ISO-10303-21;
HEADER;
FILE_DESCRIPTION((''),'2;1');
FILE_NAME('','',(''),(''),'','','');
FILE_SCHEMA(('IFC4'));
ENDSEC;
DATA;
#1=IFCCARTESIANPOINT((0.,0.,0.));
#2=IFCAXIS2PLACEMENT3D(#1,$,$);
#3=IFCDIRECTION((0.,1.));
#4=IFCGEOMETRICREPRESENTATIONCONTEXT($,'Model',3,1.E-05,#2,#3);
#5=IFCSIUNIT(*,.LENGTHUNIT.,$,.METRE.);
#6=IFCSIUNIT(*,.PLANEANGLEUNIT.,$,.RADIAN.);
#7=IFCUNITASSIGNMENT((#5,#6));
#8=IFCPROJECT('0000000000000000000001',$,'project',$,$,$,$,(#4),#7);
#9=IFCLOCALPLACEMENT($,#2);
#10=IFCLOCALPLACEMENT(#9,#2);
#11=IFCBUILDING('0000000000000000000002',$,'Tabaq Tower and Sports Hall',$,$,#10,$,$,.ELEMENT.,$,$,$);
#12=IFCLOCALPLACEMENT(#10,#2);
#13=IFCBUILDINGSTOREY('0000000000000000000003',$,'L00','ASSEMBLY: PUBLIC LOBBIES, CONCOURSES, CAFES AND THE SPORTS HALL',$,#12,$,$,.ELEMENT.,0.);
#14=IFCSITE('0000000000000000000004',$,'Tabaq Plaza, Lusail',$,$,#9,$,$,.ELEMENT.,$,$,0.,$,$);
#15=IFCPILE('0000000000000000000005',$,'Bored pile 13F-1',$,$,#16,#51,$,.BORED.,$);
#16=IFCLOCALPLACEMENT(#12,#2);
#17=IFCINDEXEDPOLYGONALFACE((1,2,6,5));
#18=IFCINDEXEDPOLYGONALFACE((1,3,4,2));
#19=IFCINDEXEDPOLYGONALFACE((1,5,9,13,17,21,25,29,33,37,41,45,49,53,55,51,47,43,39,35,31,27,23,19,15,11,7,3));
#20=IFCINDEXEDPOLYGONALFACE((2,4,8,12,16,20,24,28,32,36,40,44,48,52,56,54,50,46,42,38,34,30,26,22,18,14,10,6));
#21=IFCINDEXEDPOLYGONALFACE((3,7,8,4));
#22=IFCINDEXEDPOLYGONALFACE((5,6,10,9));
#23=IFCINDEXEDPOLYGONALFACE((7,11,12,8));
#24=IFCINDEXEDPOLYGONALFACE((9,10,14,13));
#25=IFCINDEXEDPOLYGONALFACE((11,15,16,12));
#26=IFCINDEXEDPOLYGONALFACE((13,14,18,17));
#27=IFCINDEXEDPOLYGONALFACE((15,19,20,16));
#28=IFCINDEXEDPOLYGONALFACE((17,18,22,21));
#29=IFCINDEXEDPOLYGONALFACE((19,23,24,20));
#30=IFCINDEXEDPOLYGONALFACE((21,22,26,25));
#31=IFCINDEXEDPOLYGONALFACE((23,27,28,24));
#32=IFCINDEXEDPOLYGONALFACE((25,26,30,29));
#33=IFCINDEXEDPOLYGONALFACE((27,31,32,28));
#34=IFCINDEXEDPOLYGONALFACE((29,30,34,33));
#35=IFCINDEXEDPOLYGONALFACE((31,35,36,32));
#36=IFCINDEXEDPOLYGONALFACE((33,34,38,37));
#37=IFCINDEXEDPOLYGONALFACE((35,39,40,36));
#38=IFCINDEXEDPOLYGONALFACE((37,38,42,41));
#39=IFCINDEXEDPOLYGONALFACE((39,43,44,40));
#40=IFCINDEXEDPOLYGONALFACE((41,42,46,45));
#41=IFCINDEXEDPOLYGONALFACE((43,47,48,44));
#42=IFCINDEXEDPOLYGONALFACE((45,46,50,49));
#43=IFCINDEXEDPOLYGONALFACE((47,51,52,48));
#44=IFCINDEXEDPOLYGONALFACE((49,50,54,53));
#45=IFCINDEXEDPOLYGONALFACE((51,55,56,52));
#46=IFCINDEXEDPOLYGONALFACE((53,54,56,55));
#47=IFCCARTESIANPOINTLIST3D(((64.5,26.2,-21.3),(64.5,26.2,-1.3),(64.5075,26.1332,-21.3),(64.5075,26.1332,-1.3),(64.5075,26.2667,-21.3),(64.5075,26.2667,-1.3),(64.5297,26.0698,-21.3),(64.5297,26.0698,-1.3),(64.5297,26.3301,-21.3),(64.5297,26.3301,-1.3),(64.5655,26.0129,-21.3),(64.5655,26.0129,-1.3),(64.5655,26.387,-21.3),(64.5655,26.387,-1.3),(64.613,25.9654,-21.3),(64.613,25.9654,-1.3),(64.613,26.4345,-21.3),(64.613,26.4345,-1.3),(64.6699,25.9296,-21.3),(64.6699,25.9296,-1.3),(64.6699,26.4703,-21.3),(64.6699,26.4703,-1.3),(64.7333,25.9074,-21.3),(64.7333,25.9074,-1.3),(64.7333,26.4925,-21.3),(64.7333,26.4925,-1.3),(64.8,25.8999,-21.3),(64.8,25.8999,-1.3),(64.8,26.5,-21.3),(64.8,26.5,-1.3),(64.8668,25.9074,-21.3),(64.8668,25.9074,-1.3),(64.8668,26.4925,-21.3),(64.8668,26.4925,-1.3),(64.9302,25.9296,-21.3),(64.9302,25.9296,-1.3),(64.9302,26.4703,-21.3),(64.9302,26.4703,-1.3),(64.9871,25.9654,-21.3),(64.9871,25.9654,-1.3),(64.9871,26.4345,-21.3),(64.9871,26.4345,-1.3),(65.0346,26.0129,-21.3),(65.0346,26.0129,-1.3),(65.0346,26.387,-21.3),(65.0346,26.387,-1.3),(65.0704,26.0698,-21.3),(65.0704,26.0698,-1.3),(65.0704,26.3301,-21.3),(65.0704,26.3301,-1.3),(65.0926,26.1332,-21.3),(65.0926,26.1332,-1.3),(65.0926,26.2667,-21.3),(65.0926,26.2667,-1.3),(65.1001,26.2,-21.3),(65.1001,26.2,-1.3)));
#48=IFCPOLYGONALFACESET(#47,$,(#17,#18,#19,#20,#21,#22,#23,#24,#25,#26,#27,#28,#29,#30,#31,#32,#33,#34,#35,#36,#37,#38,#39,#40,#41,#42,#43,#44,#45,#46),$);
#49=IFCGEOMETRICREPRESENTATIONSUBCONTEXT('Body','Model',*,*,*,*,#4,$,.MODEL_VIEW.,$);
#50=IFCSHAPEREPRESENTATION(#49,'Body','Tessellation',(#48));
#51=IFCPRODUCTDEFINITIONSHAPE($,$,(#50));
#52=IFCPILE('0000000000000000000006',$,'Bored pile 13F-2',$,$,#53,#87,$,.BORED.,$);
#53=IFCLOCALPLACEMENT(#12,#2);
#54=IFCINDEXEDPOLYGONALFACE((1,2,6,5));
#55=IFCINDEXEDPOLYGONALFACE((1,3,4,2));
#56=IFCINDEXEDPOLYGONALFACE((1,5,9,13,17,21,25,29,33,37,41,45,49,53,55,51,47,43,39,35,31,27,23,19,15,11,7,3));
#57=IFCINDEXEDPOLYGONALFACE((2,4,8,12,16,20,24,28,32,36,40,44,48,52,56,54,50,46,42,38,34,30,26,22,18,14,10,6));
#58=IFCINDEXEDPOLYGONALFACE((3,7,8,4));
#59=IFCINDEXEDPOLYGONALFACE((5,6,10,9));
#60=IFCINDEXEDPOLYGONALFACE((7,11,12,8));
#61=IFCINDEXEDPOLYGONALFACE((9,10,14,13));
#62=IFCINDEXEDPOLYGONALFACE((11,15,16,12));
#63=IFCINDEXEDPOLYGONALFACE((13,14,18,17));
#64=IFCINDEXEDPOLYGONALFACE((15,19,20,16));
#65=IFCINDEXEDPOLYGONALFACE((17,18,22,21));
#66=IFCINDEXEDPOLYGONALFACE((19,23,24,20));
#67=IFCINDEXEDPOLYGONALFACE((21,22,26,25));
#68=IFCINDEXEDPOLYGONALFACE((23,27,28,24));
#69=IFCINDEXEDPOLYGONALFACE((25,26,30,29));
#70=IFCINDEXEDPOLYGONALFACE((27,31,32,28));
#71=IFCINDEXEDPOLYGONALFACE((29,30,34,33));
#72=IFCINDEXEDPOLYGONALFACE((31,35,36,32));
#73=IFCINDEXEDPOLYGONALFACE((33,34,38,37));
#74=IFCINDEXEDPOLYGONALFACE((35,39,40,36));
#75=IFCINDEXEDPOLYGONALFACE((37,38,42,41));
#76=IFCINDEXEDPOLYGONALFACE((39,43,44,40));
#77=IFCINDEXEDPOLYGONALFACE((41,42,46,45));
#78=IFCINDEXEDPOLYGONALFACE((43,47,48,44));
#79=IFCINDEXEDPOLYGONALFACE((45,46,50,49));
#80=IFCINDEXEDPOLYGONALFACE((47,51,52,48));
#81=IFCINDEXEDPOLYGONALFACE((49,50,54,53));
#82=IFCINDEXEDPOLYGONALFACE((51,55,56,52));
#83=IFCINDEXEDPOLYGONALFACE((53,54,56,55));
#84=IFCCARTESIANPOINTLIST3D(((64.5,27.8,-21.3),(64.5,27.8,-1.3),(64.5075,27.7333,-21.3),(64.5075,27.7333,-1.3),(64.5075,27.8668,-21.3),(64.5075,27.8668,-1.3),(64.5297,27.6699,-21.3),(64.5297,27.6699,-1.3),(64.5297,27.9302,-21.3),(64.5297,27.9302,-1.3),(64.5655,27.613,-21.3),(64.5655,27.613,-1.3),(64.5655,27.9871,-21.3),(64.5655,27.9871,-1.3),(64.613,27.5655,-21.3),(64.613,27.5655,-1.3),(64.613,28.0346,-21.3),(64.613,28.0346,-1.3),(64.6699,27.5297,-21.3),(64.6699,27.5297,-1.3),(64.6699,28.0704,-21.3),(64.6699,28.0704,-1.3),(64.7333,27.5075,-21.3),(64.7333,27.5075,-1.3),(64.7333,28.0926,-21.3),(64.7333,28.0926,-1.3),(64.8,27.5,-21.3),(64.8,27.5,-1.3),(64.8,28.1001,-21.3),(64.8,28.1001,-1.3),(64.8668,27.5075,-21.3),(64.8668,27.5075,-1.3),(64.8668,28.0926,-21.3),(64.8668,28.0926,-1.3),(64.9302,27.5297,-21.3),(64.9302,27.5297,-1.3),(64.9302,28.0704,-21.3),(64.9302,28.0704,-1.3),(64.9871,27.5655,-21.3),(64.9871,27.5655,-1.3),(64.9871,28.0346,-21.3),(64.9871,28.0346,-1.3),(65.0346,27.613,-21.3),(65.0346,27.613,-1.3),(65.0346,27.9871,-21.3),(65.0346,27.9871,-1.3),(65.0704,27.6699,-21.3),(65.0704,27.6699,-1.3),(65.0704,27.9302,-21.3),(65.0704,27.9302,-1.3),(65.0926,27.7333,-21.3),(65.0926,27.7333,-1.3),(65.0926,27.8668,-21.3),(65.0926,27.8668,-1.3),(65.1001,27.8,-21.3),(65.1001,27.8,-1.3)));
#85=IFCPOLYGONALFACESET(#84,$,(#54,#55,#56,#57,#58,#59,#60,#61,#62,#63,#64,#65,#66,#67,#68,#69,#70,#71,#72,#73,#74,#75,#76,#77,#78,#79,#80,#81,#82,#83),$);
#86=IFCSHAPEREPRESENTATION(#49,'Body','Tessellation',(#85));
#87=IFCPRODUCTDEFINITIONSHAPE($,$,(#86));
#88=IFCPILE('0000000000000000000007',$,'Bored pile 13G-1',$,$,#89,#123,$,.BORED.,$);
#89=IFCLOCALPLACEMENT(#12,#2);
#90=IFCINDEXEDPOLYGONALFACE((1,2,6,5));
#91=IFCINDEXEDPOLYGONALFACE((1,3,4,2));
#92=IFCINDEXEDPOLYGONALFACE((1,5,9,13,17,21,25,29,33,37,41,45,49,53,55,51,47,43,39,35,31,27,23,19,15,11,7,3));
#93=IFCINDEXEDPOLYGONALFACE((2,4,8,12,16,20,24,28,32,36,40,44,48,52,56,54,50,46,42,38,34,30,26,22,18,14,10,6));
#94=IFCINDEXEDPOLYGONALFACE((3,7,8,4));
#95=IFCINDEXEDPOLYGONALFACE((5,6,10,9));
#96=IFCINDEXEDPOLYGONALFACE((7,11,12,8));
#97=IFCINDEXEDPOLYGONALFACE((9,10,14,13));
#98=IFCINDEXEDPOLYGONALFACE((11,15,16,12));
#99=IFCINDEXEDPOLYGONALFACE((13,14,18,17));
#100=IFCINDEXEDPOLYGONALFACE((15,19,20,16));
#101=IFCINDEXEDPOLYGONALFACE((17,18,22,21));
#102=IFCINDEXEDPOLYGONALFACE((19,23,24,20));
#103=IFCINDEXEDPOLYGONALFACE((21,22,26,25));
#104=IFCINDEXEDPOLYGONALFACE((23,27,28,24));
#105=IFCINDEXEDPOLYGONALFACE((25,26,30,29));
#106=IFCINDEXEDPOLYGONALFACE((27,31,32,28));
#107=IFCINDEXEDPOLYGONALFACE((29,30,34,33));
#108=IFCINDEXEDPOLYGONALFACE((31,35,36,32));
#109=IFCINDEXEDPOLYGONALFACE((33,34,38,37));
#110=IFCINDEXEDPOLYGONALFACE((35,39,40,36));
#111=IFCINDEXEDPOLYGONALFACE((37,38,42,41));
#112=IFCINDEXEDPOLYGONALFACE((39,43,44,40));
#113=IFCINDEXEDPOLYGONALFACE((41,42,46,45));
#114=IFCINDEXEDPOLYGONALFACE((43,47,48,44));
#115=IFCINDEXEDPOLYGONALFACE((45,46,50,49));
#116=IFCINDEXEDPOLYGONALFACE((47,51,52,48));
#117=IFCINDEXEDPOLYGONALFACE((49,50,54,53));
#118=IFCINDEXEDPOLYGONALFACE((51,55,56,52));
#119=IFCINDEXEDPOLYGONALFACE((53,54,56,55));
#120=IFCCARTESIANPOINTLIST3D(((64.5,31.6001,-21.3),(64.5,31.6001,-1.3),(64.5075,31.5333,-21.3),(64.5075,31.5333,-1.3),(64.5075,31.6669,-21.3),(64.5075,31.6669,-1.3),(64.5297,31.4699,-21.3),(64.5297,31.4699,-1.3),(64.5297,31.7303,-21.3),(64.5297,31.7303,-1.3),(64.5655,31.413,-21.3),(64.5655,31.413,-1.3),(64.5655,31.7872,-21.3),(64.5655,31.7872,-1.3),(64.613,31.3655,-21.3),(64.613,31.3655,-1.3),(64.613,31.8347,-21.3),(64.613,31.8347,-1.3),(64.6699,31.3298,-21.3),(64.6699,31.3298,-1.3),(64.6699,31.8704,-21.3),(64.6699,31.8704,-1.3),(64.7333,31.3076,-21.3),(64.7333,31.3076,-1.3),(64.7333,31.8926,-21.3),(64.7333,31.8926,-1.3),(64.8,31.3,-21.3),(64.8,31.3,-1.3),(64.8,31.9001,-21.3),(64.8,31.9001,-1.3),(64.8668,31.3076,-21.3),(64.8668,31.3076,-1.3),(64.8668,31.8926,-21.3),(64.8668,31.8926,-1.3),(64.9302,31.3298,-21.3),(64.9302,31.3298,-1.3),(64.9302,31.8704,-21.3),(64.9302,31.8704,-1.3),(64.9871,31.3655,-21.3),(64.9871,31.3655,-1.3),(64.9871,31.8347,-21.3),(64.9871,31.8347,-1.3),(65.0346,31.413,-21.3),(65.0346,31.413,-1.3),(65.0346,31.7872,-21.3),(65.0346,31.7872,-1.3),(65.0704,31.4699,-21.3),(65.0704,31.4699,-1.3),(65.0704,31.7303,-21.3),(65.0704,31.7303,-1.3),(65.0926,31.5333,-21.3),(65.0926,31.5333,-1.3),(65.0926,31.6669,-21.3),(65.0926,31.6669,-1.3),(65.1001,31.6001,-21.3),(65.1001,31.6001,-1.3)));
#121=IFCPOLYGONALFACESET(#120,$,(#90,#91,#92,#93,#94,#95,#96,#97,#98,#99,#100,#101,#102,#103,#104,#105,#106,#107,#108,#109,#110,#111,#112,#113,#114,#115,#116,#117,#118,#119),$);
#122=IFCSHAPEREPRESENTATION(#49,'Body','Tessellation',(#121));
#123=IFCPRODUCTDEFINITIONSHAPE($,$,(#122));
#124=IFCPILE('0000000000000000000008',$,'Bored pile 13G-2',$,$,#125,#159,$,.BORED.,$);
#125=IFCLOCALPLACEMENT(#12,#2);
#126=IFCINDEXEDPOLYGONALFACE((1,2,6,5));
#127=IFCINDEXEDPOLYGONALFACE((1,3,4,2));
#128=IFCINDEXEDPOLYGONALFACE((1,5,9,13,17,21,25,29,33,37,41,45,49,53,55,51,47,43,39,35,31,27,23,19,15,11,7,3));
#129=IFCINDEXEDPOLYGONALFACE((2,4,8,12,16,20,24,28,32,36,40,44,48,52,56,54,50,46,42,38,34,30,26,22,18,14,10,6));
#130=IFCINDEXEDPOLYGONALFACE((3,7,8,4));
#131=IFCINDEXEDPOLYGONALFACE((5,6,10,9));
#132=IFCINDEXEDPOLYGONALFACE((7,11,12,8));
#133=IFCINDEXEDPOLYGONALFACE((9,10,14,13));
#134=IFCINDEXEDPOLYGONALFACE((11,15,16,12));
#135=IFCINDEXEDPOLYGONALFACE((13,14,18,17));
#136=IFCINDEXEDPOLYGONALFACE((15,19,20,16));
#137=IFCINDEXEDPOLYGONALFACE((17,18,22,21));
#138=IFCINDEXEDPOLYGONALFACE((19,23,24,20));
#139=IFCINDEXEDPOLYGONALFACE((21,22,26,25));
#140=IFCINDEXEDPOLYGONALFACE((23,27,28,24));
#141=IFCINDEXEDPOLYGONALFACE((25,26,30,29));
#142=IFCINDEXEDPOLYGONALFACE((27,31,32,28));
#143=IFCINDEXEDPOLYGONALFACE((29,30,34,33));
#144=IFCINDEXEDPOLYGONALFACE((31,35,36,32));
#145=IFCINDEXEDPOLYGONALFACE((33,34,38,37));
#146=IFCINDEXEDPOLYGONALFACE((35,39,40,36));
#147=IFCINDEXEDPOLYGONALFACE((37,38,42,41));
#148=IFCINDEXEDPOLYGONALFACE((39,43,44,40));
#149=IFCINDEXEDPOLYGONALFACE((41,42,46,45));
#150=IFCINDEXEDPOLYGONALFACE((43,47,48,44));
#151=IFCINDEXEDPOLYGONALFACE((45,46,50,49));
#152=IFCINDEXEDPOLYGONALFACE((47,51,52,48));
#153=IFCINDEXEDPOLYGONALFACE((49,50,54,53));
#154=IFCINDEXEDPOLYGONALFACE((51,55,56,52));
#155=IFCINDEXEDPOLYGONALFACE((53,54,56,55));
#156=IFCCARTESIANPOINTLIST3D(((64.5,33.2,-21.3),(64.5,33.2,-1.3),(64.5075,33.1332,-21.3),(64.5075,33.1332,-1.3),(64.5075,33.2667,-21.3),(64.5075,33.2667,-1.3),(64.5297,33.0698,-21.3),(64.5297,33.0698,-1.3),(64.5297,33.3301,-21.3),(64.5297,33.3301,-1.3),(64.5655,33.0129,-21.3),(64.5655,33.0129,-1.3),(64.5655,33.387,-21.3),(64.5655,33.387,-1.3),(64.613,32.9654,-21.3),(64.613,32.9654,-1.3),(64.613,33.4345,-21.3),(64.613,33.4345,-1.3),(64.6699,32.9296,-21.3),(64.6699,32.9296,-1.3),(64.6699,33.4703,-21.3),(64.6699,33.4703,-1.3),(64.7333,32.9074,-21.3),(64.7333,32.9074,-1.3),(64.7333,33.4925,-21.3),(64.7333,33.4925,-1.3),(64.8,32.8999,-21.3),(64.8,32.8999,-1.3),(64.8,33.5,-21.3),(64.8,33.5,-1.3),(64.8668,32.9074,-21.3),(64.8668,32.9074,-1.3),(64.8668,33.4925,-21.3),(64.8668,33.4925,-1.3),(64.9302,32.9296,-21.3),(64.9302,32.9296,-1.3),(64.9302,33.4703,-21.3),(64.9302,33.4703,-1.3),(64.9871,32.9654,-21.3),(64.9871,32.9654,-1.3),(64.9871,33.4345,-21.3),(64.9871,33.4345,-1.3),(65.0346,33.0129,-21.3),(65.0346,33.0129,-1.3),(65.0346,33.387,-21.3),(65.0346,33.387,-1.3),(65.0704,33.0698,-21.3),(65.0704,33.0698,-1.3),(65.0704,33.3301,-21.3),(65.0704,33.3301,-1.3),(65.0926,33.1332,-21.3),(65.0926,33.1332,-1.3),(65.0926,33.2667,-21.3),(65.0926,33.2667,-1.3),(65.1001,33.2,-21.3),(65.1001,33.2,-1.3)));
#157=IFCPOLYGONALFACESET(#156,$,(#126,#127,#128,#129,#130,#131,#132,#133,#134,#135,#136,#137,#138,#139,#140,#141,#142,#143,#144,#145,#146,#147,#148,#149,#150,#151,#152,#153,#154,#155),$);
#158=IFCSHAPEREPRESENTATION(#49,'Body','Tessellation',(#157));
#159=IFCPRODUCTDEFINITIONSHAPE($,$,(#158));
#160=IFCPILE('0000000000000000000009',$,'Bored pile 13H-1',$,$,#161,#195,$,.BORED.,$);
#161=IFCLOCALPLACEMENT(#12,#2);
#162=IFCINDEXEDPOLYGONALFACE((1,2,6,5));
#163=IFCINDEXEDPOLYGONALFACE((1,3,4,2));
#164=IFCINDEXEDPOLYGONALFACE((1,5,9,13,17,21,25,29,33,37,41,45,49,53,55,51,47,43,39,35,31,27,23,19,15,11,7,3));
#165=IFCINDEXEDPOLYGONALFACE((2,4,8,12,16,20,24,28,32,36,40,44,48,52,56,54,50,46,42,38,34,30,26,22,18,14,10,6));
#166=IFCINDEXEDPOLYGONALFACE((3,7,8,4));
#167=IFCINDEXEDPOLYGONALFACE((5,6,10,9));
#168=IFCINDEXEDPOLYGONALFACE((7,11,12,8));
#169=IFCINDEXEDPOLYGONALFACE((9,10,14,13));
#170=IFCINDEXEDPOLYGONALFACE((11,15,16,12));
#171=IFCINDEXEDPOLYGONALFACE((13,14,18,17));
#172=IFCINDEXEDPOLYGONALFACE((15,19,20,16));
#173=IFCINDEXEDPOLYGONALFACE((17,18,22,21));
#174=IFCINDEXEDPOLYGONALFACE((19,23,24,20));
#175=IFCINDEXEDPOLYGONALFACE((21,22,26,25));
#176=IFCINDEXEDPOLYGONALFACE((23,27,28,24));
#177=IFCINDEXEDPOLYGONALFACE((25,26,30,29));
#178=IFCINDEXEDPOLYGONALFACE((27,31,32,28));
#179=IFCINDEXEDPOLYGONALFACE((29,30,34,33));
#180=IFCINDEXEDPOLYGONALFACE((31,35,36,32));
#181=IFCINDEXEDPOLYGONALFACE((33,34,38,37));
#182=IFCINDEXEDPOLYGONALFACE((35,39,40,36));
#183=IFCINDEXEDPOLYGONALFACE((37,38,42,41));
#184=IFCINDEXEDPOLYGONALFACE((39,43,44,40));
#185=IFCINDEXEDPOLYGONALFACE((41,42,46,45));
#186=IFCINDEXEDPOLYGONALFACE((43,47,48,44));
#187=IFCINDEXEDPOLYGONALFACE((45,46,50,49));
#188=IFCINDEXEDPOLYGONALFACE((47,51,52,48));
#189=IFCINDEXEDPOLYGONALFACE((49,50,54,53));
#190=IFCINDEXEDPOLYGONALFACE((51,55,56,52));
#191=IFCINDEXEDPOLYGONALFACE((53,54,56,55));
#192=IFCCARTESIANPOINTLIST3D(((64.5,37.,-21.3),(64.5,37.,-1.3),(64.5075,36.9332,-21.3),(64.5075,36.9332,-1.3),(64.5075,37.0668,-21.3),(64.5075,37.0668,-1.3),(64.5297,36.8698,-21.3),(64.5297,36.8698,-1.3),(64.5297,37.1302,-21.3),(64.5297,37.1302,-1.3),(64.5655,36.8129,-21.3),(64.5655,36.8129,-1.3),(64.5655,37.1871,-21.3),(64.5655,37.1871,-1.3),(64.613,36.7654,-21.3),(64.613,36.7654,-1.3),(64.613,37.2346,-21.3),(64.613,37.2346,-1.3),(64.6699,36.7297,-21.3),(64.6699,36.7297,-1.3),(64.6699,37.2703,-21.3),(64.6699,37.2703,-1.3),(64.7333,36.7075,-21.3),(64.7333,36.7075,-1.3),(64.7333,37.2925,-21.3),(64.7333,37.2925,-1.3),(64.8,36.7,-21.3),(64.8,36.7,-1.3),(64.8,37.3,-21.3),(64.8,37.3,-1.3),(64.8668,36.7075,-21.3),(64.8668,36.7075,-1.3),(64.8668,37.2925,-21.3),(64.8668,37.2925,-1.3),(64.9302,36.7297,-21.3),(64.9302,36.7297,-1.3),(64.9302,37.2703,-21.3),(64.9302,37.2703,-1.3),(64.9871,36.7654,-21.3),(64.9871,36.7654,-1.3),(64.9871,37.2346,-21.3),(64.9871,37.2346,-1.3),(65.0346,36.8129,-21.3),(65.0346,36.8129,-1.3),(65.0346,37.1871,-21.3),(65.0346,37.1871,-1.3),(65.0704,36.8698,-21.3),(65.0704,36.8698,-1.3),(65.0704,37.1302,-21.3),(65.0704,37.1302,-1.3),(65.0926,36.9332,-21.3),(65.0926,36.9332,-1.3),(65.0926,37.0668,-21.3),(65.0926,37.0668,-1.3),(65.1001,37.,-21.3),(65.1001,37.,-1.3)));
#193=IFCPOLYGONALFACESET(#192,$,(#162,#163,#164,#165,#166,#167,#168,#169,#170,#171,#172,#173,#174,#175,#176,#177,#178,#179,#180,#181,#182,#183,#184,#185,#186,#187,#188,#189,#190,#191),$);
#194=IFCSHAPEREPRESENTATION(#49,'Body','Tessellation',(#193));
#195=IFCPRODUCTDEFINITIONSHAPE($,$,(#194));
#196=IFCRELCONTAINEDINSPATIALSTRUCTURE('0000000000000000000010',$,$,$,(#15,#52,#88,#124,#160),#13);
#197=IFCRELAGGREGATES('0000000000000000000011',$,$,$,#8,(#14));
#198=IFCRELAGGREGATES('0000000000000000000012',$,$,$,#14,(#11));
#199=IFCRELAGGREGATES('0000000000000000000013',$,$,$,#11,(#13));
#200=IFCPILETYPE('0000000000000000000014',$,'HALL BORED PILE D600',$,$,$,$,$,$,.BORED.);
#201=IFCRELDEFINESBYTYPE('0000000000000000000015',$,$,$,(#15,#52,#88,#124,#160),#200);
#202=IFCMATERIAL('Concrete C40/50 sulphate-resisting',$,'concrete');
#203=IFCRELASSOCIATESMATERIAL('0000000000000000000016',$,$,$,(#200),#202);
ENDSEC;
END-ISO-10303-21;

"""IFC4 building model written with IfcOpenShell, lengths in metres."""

from ifc_helpers import new_model, si_unit, direction, frame, origin, origin_2d, place, context, subcontext, project, spatial, circle, extrude, material, material_profile, profile_set, type_object, element, save


model = new_model("IFC4")

# Units and contexts
model_context = context("Model", 3, precision=1e-05, world=origin(), true_north=direction((0.0, 1.0)))
body_context = subcontext(model_context, "Body", "Model", "MODEL_VIEW")
ifc_project = project(units=[si_unit("LENGTHUNIT", "METRE"), si_unit("PLANEANGLEUNIT", "RADIAN")], contexts=[model_context])

# Site, building, storey
site_placement = place(None, origin())
site = spatial("IfcSite", under=ifc_project, at=site_placement, Name="Tabaq Plaza, Lusail", CompositionType="ELEMENT", RefElevation=0.0)
building_placement = place(site_placement, origin())
building = spatial("IfcBuilding", under=site, at=building_placement, Name="Tabaq Tower and Sports Hall", CompositionType="ELEMENT")
storey_placement = place(building_placement, origin())
storey = spatial("IfcBuildingStorey", under=building, at=storey_placement, Name="L00", Description="ASSEMBLY: PUBLIC LOBBIES, CONCOURSES, CAFES AND THE SPORTS HALL", CompositionType="ELEMENT", Elevation=0.0)

# Piles
ifc_material_1 = material(Name="Concrete C40/50 sulphate-resisting", Category="concrete")
ifc_material_profile_1 = material_profile(ifc_material_1, circle(Radius=0.3, at=origin_2d()), Name="D600")
ifc_profile_set_1 = profile_set([ifc_material_profile_1], Name="Concrete C40/50 sulphate-resisting")
pile_type = type_object("IfcPileType", Name="HALL BORED PILE D600", PredefinedType="BORED", material=ifc_profile_set_1)
for number, where, z_axis, x_axis, name in (
    (1, (64.8, 26.2, -1.3), (0.0, 0.0, -1.0), (1.0, 0.0, 0.0), "Bored pile 13F-1"),
    (2, (64.8, 27.8, -1.3), (0.0, 0.0, -1.0), (1.0, 0.0, 0.0), "Bored pile 13F-2"),
    (3, (64.8, 31.6001, -1.3), (0.0, 0.0, -1.0), (1.0, 0.0, 0.0), "Bored pile 13G-1"),
    (4, (64.8, 33.2, -1.3), (0.0, 0.0, -1.0), (1.0, 0.0, 0.0), "Bored pile 13G-2"),
    (5, (64.8, 37.0, -1.3), (0.0, 0.0, -1.0), (1.0, 0.0, 0.0), "Bored pile 13H-1"),
):
    element("IfcPile", number, at=place(storey_placement, frame(where, z_axis=z_axis, x_axis=x_axis)), inside=storey, type_object=pile_type, Name=name, PredefinedType="BORED", context=body_context, shape_type="SweptSolid", body=[
        extrude(circle(Radius=0.3, at=origin_2d()), origin(), (0.0, 0.0, 1.0), 20.0),
    ])

save(model, "model.ifc")
